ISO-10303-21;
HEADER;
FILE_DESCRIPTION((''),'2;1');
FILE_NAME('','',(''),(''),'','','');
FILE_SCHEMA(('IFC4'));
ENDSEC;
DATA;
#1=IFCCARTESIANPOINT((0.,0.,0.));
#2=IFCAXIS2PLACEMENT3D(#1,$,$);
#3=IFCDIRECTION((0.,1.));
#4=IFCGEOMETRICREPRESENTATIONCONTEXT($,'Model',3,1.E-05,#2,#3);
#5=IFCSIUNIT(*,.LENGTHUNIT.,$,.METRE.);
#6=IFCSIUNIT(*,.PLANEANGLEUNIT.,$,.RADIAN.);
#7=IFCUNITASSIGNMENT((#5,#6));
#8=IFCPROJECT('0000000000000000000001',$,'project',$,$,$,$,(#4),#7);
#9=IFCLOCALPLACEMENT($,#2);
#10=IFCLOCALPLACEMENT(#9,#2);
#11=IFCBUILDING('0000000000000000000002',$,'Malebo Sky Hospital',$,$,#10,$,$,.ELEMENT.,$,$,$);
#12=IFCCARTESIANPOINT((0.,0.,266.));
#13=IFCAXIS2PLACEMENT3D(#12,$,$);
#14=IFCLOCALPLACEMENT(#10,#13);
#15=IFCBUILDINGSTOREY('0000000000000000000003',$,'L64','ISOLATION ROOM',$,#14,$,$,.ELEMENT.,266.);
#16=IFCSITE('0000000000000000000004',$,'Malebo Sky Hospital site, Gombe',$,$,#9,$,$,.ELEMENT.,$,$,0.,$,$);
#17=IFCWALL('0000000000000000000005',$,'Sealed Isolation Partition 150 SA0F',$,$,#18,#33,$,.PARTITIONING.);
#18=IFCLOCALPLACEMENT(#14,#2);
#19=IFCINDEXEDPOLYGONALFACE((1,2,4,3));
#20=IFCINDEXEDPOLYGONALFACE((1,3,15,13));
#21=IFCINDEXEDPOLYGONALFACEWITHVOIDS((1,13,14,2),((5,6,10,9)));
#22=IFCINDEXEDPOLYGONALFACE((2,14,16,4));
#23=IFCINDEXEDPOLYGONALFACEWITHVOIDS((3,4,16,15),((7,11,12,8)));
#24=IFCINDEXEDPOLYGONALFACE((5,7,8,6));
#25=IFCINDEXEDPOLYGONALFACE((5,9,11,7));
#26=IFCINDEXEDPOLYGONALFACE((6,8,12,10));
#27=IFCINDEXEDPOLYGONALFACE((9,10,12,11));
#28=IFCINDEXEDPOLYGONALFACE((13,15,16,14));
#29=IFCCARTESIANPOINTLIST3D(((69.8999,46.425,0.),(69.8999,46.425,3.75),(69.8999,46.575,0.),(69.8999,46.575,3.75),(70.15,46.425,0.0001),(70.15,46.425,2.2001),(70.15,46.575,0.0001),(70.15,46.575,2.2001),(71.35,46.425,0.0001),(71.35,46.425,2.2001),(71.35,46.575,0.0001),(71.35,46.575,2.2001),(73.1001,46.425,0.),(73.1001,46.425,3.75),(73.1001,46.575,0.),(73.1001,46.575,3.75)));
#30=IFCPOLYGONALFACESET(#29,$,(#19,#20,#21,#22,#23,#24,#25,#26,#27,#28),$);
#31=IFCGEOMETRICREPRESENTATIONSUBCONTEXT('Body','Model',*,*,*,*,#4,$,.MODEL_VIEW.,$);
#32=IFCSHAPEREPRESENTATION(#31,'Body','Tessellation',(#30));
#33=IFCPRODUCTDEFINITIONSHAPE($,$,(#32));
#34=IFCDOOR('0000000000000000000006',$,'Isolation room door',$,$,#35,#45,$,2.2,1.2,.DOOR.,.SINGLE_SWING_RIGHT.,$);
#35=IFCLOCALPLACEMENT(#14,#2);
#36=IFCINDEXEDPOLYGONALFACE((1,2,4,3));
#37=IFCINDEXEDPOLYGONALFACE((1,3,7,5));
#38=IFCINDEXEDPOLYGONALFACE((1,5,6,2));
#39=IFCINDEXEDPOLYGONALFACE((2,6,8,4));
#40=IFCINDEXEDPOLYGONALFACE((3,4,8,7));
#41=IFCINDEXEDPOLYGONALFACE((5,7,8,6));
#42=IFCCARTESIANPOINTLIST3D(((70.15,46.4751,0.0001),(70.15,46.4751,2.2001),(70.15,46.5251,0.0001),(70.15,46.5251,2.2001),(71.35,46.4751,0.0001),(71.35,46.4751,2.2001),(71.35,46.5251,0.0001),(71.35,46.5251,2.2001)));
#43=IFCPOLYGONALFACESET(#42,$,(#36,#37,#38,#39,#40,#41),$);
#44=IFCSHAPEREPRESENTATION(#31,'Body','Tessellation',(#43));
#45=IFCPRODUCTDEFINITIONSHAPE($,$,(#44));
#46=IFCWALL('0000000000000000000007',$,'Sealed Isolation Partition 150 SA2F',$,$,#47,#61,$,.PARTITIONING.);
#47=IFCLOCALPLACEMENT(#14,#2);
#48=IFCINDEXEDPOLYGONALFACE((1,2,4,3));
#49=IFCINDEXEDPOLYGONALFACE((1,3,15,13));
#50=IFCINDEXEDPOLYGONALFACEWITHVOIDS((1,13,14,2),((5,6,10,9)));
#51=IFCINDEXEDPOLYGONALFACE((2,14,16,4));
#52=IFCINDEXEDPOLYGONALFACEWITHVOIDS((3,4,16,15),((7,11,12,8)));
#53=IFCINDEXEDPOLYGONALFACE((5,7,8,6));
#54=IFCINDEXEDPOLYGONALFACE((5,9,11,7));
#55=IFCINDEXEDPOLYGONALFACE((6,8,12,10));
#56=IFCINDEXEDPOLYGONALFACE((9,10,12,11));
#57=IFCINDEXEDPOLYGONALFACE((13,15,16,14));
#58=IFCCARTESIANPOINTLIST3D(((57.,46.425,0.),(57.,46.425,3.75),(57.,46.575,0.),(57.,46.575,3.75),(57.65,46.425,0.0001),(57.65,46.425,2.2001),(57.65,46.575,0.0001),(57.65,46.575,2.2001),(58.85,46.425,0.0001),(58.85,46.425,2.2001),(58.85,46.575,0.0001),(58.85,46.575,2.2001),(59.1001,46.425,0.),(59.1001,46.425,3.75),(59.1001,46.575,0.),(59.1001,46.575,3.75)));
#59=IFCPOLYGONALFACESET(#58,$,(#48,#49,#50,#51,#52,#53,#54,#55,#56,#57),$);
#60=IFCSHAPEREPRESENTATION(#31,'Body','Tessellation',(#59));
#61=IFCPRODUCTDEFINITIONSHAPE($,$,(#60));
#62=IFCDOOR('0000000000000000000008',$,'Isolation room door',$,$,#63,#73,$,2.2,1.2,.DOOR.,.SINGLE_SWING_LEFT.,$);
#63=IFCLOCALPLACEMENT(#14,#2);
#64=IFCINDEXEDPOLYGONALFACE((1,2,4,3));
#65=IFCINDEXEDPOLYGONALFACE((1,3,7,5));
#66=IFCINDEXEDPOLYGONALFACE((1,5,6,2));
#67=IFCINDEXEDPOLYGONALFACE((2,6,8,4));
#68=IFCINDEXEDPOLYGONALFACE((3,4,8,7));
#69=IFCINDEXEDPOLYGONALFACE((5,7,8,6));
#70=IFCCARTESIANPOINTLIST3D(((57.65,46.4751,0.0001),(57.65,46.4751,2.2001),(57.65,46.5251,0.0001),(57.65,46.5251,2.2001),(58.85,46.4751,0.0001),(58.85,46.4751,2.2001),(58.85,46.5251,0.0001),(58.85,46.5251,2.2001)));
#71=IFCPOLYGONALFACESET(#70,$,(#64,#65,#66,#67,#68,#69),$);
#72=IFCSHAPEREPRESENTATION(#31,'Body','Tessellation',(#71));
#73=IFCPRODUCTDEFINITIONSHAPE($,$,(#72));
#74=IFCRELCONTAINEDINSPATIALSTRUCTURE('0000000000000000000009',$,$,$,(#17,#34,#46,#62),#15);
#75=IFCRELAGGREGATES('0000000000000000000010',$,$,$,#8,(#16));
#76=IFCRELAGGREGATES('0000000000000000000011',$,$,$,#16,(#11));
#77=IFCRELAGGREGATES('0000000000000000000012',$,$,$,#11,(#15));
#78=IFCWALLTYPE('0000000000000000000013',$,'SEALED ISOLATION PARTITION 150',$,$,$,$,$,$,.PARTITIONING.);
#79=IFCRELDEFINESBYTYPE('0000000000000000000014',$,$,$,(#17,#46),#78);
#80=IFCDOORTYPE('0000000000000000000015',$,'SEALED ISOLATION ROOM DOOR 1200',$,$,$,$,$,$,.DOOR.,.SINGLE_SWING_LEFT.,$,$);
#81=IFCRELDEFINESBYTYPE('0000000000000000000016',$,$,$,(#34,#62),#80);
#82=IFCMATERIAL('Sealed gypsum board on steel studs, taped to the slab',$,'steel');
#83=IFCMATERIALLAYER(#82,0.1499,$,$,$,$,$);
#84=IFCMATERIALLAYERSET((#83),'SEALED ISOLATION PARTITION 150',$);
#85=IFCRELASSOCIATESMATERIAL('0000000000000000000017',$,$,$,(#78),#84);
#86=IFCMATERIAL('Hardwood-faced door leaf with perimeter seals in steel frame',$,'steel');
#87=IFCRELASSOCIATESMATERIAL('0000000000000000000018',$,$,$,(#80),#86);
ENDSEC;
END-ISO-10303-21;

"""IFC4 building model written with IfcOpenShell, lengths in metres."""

from ifc_helpers import new_model, si_unit, direction, frame, frame_2d, origin, place, context, subcontext, project, spatial, rectangle, extrude, material, layer, layer_set, type_object, element, fill, save


model = new_model("IFC4")

# Units and contexts
model_context = context("Model", 3, precision=1e-05, world=origin(), true_north=direction((0.0, 1.0)))
body_context = subcontext(model_context, "Body", "Model", "MODEL_VIEW")
ifc_project = project(units=[si_unit("LENGTHUNIT", "METRE"), si_unit("PLANEANGLEUNIT", "RADIAN")], contexts=[model_context])

# Site, building, storey
site_placement = place(None, origin())
site = spatial("IfcSite", under=ifc_project, at=site_placement, Name="Malebo Sky Hospital site, Gombe", CompositionType="ELEMENT", RefElevation=0.0)
building_placement = place(site_placement, origin())
building = spatial("IfcBuilding", under=site, at=building_placement, Name="Malebo Sky Hospital", CompositionType="ELEMENT")
storey_placement = place(building_placement, frame((0.0, 0.0, 266.0)))
storey = spatial("IfcBuildingStorey", under=building, at=storey_placement, Name="L64", Description="ISOLATION ROOM", CompositionType="ELEMENT", Elevation=266.0)

# Walls, openings, doors
ifc_material_1 = material(Name="Sealed gypsum board on steel studs, taped to the slab", Category="steel")
ifc_layer_1 = layer(ifc_material_1, 0.1499)
ifc_layer_set_1 = layer_set([ifc_layer_1], Name="SEALED ISOLATION PARTITION 150")
wall_type_1 = type_object("IfcWallType", Name="SEALED ISOLATION PARTITION 150", PredefinedType="PARTITIONING", material=ifc_layer_set_1)
wall_1_placement = place(storey_placement, frame((73.1001, 46.5, 0.0), z_axis=(0.0, 0.0, 1.0), x_axis=(-1.0, 0.0, 0.0)))
wall_1 = element("IfcWall", 1, at=wall_1_placement, inside=storey, type_object=wall_type_1, Name="Sealed Isolation Partition 150 SA0F", PredefinedType="PARTITIONING", context=body_context, shape_type="SweptSolid", body=[
    extrude(rectangle(XDim=3.2002, YDim=0.1499, at=frame_2d((1.6001, 0.0))), origin(), (0.0, 0.0, 1.0), 3.75),
])
opening_1_placement = place(wall_1_placement, frame((1.75, 0.0, 0.0)))
opening_1 = element("IfcOpeningElement", 2, at=opening_1_placement, cuts=wall_1, PredefinedType="OPENING", context=body_context, shape_type="SweptSolid", body=[
    extrude(rectangle(XDim=1.2, YDim=2.2, at=frame_2d((0.6001, 1.1001))), frame((0.0, 0.085, 0.0), z_axis=(0.0, -1.0, 0.0), x_axis=(1.0, 0.0, 0.0)), (0.0, 0.0, 1.0), 0.1699),
])
ifc_material_2 = material(Name="Hardwood-faced door leaf with perimeter seals in steel frame", Category="steel")
door_type_1 = type_object("IfcDoorType", Name="SEALED ISOLATION ROOM DOOR 1200", OperationType="SINGLE_SWING_LEFT", PredefinedType="DOOR", material=ifc_material_2)
door_1_placement = place(opening_1_placement, origin())
door_1 = element("IfcDoor", 3, at=door_1_placement, inside=storey, type_object=door_type_1, Name="Isolation room door", OperationType="SINGLE_SWING_RIGHT", OverallHeight=2.2, OverallWidth=1.2, PredefinedType="DOOR", context=body_context, shape_type="SweptSolid", body=[
    extrude(rectangle(XDim=1.2, YDim=2.2, at=frame_2d((0.6001, 1.1001))), frame((0.0, 0.0249, 0.0), z_axis=(0.0, -1.0, 0.0), x_axis=(1.0, 0.0, 0.0)), (0.0, 0.0, 1.0), 0.05),
])
fill(opening_1, door_1)
wall_2_placement = place(storey_placement, frame((59.1001, 46.5, 0.0), z_axis=(0.0, 0.0, 1.0), x_axis=(-1.0, 0.0, 0.0)))
wall_2 = element("IfcWall", 4, at=wall_2_placement, inside=storey, type_object=wall_type_1, Name="Sealed Isolation Partition 150 SA2F", PredefinedType="PARTITIONING", context=body_context, shape_type="SweptSolid", body=[
    extrude(rectangle(XDim=2.1001, YDim=0.1499, at=frame_2d((1.05, 0.0))), origin(), (0.0, 0.0, 1.0), 3.75),
])
opening_2_placement = place(wall_2_placement, frame((0.25, 0.0, 0.0)))
opening_2 = element("IfcOpeningElement", 5, at=opening_2_placement, cuts=wall_2, PredefinedType="OPENING", context=body_context, shape_type="SweptSolid", body=[
    extrude(rectangle(XDim=1.2, YDim=2.2, at=frame_2d((0.6001, 1.1001))), frame((0.0, 0.085, 0.0), z_axis=(0.0, -1.0, 0.0), x_axis=(1.0, 0.0, 0.0)), (0.0, 0.0, 1.0), 0.1699),
])
door_2_placement = place(opening_2_placement, origin())
door_2 = element("IfcDoor", 6, at=door_2_placement, inside=storey, type_object=door_type_1, Name="Isolation room door", OperationType="SINGLE_SWING_LEFT", OverallHeight=2.2, OverallWidth=1.2, PredefinedType="DOOR", context=body_context, shape_type="SweptSolid", body=[
    extrude(rectangle(XDim=1.2, YDim=2.2, at=frame_2d((0.6001, 1.1001))), frame((0.0, 0.0249, 0.0), z_axis=(0.0, -1.0, 0.0), x_axis=(1.0, 0.0, 0.0)), (0.0, 0.0, 1.0), 0.05),
])
fill(opening_2, door_2)

save(model, "model.ifc")
